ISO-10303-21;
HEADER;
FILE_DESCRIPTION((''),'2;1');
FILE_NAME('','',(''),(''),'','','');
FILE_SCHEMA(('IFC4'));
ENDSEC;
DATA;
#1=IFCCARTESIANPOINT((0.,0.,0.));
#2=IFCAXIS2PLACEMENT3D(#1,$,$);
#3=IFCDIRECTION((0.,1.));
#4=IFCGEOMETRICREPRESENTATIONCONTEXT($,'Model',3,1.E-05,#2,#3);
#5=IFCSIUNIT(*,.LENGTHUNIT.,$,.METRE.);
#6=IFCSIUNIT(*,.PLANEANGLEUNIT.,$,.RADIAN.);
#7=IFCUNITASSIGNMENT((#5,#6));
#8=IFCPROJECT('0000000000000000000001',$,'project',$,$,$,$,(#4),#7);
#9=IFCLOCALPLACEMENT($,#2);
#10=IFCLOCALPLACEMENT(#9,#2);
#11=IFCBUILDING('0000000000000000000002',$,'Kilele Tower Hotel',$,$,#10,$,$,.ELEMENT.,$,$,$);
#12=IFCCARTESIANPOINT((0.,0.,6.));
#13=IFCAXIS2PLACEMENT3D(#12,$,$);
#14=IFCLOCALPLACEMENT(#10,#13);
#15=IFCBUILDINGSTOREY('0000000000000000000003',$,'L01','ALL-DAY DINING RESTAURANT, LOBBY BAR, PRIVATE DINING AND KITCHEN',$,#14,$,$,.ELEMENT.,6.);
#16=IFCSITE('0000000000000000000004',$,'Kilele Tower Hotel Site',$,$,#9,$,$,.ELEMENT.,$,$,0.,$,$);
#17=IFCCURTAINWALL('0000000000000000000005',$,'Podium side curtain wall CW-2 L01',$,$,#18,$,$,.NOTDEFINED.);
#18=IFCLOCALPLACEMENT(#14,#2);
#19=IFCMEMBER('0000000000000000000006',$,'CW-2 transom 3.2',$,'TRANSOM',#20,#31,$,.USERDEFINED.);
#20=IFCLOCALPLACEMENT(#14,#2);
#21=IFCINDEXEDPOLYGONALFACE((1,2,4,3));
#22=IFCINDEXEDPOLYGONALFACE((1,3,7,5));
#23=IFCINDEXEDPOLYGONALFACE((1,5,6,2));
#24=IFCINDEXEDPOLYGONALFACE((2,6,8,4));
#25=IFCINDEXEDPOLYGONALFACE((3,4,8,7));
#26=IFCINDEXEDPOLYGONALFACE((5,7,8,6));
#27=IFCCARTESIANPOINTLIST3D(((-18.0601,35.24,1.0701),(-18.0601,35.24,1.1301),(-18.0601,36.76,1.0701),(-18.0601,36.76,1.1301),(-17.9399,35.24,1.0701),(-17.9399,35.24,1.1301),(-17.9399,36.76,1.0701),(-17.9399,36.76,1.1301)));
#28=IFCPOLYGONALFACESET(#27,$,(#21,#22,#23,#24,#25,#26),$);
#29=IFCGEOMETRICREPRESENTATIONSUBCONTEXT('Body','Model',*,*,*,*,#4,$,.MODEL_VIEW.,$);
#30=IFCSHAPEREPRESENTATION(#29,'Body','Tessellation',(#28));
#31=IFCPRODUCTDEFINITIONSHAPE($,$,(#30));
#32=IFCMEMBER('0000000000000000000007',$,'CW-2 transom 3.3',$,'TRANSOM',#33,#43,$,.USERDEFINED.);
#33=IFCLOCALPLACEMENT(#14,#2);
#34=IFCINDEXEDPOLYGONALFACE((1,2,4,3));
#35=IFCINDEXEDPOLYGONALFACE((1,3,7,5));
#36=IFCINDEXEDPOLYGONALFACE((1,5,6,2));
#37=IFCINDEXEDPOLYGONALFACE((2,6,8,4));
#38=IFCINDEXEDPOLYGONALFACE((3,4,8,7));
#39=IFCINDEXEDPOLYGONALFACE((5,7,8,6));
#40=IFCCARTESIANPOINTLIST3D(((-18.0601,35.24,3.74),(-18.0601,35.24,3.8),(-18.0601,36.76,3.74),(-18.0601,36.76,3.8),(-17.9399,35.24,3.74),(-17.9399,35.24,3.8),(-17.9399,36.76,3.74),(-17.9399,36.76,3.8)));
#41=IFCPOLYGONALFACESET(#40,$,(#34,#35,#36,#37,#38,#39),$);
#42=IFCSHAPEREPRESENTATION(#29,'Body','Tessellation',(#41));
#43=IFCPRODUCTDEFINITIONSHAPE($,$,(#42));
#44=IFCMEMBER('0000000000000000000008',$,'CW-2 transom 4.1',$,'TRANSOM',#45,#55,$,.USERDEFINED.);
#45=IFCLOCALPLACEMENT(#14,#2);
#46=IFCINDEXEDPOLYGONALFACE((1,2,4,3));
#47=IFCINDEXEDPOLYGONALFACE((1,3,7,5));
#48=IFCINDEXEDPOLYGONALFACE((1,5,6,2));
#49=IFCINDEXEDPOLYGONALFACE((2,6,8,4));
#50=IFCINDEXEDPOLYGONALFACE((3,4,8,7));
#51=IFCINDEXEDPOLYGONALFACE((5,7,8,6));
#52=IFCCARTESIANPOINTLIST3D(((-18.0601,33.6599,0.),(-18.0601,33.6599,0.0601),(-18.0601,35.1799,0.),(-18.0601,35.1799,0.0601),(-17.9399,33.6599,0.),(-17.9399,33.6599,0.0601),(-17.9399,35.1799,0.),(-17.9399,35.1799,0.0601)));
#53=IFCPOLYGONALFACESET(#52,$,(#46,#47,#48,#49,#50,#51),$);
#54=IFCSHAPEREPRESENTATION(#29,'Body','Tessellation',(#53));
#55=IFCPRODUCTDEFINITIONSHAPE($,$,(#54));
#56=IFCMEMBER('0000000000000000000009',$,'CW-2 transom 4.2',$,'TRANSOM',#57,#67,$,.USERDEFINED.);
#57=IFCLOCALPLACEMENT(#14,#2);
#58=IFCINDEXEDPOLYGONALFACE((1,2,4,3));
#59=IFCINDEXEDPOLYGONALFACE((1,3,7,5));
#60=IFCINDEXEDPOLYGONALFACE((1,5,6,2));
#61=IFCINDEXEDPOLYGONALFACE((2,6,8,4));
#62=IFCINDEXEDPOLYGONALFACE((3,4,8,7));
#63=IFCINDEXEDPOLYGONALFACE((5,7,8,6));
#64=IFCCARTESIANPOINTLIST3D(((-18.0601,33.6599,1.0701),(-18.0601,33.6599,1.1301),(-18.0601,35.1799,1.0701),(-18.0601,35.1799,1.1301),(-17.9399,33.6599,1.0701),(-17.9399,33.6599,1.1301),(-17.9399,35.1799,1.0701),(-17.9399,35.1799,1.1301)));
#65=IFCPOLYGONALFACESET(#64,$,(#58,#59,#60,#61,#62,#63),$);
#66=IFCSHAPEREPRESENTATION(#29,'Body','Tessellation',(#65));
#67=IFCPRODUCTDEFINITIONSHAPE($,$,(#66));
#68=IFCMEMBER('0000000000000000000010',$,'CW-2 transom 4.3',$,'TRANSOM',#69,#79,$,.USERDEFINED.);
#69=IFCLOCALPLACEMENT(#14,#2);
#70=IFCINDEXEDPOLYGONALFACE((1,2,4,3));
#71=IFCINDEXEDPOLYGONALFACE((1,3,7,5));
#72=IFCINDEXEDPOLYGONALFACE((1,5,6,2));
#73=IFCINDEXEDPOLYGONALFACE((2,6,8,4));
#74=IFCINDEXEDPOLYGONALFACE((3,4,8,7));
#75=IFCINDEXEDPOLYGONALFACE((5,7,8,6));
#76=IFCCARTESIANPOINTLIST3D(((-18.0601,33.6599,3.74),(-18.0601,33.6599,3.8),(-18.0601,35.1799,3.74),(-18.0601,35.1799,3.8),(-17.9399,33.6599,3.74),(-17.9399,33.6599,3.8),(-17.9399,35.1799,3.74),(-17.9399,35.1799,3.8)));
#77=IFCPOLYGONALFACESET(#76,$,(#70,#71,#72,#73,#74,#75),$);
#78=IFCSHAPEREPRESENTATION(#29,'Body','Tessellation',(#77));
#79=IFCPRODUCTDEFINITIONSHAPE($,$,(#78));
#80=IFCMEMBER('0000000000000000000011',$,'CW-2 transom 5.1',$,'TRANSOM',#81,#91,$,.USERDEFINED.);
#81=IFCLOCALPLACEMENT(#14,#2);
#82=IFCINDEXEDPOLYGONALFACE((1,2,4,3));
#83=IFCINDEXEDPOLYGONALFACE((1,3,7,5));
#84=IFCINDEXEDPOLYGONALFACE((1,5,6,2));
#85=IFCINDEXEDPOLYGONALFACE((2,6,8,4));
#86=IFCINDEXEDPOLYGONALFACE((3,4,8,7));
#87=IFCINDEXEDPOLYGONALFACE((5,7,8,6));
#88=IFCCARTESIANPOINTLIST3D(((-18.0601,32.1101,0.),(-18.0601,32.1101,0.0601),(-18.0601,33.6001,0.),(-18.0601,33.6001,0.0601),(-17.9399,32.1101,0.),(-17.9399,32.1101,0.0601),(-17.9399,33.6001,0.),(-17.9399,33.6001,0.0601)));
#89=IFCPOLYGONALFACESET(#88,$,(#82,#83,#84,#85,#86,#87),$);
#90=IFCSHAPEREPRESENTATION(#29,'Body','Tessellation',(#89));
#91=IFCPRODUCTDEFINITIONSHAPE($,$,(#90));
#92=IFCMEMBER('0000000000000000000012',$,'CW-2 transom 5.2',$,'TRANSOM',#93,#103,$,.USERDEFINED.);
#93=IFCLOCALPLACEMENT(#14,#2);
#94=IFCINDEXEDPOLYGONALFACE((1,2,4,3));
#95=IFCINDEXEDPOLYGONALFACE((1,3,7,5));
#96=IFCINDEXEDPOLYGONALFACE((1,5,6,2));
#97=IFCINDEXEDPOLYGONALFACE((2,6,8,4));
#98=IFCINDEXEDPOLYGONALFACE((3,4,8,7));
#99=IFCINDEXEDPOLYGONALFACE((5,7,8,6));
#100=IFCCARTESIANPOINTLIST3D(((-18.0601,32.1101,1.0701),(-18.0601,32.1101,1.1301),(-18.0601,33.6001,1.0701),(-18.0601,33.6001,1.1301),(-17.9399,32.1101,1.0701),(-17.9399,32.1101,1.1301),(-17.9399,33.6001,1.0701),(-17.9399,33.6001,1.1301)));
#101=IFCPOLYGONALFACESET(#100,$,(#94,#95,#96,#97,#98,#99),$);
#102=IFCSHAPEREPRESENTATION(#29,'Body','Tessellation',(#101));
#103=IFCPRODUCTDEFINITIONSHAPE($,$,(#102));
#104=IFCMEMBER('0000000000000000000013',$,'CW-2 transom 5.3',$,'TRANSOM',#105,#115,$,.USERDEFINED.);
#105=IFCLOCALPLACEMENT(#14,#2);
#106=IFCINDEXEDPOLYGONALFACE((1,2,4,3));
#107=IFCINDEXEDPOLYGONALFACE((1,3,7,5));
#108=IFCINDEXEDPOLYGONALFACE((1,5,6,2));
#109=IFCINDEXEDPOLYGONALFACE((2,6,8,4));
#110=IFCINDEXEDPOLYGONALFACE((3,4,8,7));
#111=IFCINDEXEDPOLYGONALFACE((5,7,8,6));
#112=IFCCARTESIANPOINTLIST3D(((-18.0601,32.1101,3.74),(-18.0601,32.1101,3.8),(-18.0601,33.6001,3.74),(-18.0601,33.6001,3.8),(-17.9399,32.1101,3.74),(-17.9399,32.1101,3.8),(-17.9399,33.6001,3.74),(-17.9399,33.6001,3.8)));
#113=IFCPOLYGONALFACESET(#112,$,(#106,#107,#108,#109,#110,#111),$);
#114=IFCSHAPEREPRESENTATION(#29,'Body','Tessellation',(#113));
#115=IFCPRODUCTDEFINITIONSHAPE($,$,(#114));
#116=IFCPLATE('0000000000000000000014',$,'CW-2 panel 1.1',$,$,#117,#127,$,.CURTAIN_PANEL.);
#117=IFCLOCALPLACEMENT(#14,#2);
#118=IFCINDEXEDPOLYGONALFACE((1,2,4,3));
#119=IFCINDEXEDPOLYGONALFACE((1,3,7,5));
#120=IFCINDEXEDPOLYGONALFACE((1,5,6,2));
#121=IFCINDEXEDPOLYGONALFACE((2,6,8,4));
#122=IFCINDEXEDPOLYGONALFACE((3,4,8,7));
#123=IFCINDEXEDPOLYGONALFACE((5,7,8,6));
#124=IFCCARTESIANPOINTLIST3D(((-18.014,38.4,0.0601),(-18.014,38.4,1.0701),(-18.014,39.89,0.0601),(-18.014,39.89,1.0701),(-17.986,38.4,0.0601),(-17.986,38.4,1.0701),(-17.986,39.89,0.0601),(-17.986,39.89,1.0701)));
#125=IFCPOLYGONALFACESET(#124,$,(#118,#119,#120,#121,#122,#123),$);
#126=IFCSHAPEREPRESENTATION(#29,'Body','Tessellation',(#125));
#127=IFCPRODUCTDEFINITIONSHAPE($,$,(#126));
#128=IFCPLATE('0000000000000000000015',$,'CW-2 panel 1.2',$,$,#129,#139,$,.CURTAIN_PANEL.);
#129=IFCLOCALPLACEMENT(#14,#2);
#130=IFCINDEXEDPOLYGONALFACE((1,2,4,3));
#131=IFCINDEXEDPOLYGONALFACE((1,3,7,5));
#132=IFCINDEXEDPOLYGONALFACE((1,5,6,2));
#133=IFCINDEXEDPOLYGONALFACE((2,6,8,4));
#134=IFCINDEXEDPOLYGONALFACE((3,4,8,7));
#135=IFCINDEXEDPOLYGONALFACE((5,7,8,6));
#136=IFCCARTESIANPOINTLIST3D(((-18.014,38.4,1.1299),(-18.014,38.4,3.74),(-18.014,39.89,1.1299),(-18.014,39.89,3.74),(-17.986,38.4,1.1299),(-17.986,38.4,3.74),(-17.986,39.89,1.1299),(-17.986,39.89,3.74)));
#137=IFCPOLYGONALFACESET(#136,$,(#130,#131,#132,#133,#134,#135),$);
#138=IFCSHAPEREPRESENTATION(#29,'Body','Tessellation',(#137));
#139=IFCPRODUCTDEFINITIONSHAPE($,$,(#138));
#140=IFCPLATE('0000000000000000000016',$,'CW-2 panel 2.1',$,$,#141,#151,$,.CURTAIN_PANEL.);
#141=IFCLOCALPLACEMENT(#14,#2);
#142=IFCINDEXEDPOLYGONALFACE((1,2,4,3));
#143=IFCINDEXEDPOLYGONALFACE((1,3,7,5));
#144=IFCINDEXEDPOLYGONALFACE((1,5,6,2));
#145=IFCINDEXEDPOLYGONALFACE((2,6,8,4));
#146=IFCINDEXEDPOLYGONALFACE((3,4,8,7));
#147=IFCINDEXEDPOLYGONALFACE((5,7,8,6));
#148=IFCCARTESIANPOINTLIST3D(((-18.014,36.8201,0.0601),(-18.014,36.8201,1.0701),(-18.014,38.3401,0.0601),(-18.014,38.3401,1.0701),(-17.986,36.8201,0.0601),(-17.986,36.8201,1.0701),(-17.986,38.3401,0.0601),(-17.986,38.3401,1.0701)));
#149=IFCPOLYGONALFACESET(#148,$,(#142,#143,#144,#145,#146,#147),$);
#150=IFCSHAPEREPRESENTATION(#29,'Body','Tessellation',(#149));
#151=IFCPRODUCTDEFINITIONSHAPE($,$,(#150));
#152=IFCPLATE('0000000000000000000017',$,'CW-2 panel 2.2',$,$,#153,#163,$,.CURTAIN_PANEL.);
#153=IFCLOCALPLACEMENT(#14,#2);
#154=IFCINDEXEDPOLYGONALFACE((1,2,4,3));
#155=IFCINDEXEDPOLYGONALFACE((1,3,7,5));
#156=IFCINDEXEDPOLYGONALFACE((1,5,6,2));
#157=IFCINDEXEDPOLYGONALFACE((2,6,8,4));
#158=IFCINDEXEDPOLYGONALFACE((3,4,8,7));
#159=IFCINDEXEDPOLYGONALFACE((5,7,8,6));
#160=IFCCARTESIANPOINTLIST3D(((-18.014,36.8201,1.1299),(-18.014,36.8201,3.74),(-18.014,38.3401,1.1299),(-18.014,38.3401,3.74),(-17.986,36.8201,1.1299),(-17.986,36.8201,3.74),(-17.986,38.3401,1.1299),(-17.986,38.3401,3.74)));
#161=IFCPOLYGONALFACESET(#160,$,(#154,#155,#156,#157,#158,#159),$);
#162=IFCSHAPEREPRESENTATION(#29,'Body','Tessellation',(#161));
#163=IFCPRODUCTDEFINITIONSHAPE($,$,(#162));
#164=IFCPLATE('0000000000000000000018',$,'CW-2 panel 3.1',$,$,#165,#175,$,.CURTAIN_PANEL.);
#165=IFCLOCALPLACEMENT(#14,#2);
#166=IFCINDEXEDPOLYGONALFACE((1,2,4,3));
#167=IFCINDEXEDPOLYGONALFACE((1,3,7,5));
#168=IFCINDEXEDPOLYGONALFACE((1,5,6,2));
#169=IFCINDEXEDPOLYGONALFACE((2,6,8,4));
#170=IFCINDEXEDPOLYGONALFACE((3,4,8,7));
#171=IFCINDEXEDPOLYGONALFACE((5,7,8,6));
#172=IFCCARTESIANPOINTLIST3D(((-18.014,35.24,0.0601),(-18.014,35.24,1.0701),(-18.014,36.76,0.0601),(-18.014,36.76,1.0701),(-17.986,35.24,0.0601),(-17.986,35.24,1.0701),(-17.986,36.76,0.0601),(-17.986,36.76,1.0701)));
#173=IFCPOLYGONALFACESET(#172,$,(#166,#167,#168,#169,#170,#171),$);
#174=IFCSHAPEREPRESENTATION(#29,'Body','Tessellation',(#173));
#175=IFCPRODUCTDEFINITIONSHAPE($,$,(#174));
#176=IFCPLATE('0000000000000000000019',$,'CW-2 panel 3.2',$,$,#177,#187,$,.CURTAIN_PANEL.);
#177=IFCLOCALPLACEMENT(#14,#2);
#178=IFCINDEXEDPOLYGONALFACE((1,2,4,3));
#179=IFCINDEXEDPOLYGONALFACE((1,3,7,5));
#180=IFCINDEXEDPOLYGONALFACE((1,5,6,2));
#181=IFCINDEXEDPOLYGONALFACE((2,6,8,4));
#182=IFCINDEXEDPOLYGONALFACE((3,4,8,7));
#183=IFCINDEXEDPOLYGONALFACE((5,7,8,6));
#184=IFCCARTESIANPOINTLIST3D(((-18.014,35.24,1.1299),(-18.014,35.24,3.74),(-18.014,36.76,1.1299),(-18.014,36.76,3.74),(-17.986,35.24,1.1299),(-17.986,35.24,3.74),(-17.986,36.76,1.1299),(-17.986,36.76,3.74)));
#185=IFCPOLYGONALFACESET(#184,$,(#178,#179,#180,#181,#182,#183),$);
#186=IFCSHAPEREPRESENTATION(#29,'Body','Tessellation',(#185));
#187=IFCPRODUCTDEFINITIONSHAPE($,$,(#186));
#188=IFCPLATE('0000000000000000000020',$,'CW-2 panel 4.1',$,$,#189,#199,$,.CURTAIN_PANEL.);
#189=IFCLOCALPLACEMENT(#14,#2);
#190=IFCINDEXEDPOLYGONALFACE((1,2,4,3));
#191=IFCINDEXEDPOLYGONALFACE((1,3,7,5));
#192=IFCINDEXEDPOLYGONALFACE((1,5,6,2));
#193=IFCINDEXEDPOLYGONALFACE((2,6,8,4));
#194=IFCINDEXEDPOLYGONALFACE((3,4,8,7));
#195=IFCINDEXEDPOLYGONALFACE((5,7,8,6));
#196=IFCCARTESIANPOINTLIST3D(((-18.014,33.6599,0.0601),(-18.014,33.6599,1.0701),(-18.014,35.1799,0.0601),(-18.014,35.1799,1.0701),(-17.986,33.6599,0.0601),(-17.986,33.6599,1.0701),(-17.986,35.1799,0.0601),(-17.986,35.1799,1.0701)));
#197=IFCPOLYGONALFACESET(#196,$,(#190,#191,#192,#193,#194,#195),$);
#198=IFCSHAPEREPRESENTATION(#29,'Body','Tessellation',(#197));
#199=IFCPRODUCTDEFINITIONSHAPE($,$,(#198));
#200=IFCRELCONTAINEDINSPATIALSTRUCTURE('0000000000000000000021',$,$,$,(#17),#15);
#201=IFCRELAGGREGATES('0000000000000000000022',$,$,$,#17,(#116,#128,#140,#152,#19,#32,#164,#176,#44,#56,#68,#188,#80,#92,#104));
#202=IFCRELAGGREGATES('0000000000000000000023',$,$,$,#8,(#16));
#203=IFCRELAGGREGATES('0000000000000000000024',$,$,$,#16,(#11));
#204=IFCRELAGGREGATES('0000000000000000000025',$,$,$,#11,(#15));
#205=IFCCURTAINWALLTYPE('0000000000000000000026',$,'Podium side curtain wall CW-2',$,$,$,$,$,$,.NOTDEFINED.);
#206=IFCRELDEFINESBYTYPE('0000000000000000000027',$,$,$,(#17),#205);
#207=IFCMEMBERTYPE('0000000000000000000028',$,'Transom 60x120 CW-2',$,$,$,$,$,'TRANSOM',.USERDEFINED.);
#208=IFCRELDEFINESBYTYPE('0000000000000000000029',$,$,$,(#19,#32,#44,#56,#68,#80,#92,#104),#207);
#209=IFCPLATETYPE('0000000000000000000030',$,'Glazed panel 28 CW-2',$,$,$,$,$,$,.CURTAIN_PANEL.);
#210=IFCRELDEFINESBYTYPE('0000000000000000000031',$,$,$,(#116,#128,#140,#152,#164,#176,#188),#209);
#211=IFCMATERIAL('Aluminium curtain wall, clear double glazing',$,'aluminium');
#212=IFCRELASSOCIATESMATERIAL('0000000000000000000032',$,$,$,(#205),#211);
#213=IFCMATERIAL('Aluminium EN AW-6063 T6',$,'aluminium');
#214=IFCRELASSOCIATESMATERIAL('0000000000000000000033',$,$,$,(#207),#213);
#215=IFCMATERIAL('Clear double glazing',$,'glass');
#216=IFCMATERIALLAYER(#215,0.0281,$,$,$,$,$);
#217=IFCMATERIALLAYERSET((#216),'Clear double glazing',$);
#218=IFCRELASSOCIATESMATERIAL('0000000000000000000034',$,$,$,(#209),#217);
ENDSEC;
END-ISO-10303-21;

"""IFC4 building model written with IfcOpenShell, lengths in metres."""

from ifc_helpers import new_model, si_unit, direction, frame, origin, origin_2d, place, context, subcontext, project, spatial, rectangle, extrude, material, layer, layer_set, material_profile, profile_set, type_object, element, aggregate, save


model = new_model("IFC4")

# Units and contexts
model_context = context("Model", 3, precision=1e-05, world=origin(), true_north=direction((0.0, 1.0)))
body_context = subcontext(model_context, "Body", "Model", "MODEL_VIEW")
ifc_project = project(units=[si_unit("LENGTHUNIT", "METRE"), si_unit("PLANEANGLEUNIT", "RADIAN")], contexts=[model_context])

# Site, building, storey
site_placement = place(None, origin())
site = spatial("IfcSite", under=ifc_project, at=site_placement, Name="Kilele Tower Hotel Site", CompositionType="ELEMENT", RefElevation=0.0)
building_placement = place(site_placement, origin())
building = spatial("IfcBuilding", under=site, at=building_placement, Name="Kilele Tower Hotel", CompositionType="ELEMENT")
storey_placement = place(building_placement, frame((0.0, 0.0, 6.0)))
storey = spatial("IfcBuildingStorey", under=building, at=storey_placement, Name="L01", Description="ALL-DAY DINING RESTAURANT, LOBBY BAR, PRIVATE DINING AND KITCHEN", CompositionType="ELEMENT", Elevation=6.0)

# Curtain wall, members, plates
ifc_material_1 = material(Name="Aluminium curtain wall, clear double glazing", Category="aluminium")
curtain_wall_type_1 = type_object("IfcCurtainWallType", Name="Podium side curtain wall CW-2", PredefinedType="NOTDEFINED", material=ifc_material_1)
curtain_wall_1_placement = place(storey_placement, origin())
curtain_wall_1 = element("IfcCurtainWall", 1, at=curtain_wall_1_placement, inside=storey, type_object=curtain_wall_type_1, Name="Podium side curtain wall CW-2 L01", PredefinedType="NOTDEFINED")
ifc_material_2 = material(Name="Aluminium EN AW-6063 T6", Category="aluminium")
ifc_material_profile_1 = material_profile(ifc_material_2, rectangle(XDim=0.1201, YDim=0.0601, at=origin_2d()))
ifc_profile_set_1 = profile_set([ifc_material_profile_1], Name="Aluminium EN AW-6063 T6")
member_type_1 = type_object("IfcMemberType", Name="Transom 60x120 CW-2", ElementType="TRANSOM", PredefinedType="USERDEFINED", material=ifc_profile_set_1)
member_1_placement = place(storey_placement, frame((-18.0, 36.76, 1.1001), z_axis=(0.0, -1.0, 0.0), x_axis=(1.0, 0.0, 0.0)))
member_1 = element("IfcMember", 2, at=member_1_placement, type_object=member_type_1, Name="CW-2 transom 3.2", ObjectType="TRANSOM", PredefinedType="USERDEFINED", context=body_context, shape_type="SweptSolid", body=[
    extrude(rectangle(XDim=0.1201, YDim=0.0601, at=origin_2d()), origin(), (0.0, 0.0, 1.0), 1.52),
])
member_2_placement = place(storey_placement, frame((-18.0, 36.76, 3.77), z_axis=(0.0, -1.0, 0.0), x_axis=(1.0, 0.0, 0.0)))
member_2 = element("IfcMember", 3, at=member_2_placement, type_object=member_type_1, Name="CW-2 transom 3.3", ObjectType="TRANSOM", PredefinedType="USERDEFINED", context=body_context, shape_type="SweptSolid", body=[
    extrude(rectangle(XDim=0.1201, YDim=0.0601, at=origin_2d()), origin(), (0.0, 0.0, 1.0), 1.52),
])
member_3_placement = place(storey_placement, frame((-18.0, 35.1799, 0.03), z_axis=(0.0, -1.0, 0.0), x_axis=(1.0, 0.0, 0.0)))
member_3 = element("IfcMember", 4, at=member_3_placement, type_object=member_type_1, Name="CW-2 transom 4.1", ObjectType="TRANSOM", PredefinedType="USERDEFINED", context=body_context, shape_type="SweptSolid", body=[
    extrude(rectangle(XDim=0.1201, YDim=0.0601, at=origin_2d()), origin(), (0.0, 0.0, 1.0), 1.52),
])
member_4_placement = place(storey_placement, frame((-18.0, 35.1799, 1.1001), z_axis=(0.0, -1.0, 0.0), x_axis=(1.0, 0.0, 0.0)))
member_4 = element("IfcMember", 5, at=member_4_placement, type_object=member_type_1, Name="CW-2 transom 4.2", ObjectType="TRANSOM", PredefinedType="USERDEFINED", context=body_context, shape_type="SweptSolid", body=[
    extrude(rectangle(XDim=0.1201, YDim=0.0601, at=origin_2d()), origin(), (0.0, 0.0, 1.0), 1.52),
])
member_5_placement = place(storey_placement, frame((-18.0, 35.1799, 3.77), z_axis=(0.0, -1.0, 0.0), x_axis=(1.0, 0.0, 0.0)))
member_5 = element("IfcMember", 6, at=member_5_placement, type_object=member_type_1, Name="CW-2 transom 4.3", ObjectType="TRANSOM", PredefinedType="USERDEFINED", context=body_context, shape_type="SweptSolid", body=[
    extrude(rectangle(XDim=0.1201, YDim=0.0601, at=origin_2d()), origin(), (0.0, 0.0, 1.0), 1.52),
])
member_6_placement = place(storey_placement, frame((-18.0, 33.6001, 0.03), z_axis=(0.0, -1.0, 0.0), x_axis=(1.0, 0.0, 0.0)))
member_6 = element("IfcMember", 7, at=member_6_placement, type_object=member_type_1, Name="CW-2 transom 5.1", ObjectType="TRANSOM", PredefinedType="USERDEFINED", context=body_context, shape_type="SweptSolid", body=[
    extrude(rectangle(XDim=0.1201, YDim=0.0601, at=origin_2d()), origin(), (0.0, 0.0, 1.0), 1.49),
])
member_7_placement = place(storey_placement, frame((-18.0, 33.6001, 1.1001), z_axis=(0.0, -1.0, 0.0), x_axis=(1.0, 0.0, 0.0)))
member_7 = element("IfcMember", 8, at=member_7_placement, type_object=member_type_1, Name="CW-2 transom 5.2", ObjectType="TRANSOM", PredefinedType="USERDEFINED", context=body_context, shape_type="SweptSolid", body=[
    extrude(rectangle(XDim=0.1201, YDim=0.0601, at=origin_2d()), origin(), (0.0, 0.0, 1.0), 1.49),
])
member_8_placement = place(storey_placement, frame((-18.0, 33.6001, 3.77), z_axis=(0.0, -1.0, 0.0), x_axis=(1.0, 0.0, 0.0)))
member_8 = element("IfcMember", 9, at=member_8_placement, type_object=member_type_1, Name="CW-2 transom 5.3", ObjectType="TRANSOM", PredefinedType="USERDEFINED", context=body_context, shape_type="SweptSolid", body=[
    extrude(rectangle(XDim=0.1201, YDim=0.0601, at=origin_2d()), origin(), (0.0, 0.0, 1.0), 1.49),
])
ifc_material_3 = material(Name="Clear double glazing", Category="glass")
ifc_layer_1 = layer(ifc_material_3, 0.0281)
ifc_layer_set_1 = layer_set([ifc_layer_1], Name="Clear double glazing")
plate_type = type_object("IfcPlateType", Name="Glazed panel 28 CW-2", PredefinedType="CURTAIN_PANEL", material=ifc_layer_set_1)
plate_1_placement = place(storey_placement, frame((-18.0, 39.145, 0.0601), z_axis=(0.0, 0.0, 1.0), x_axis=(0.0, -1.0, 0.0)))
plate_1 = element("IfcPlate", 10, at=plate_1_placement, type_object=plate_type, Name="CW-2 panel 1.1", PredefinedType="CURTAIN_PANEL", context=body_context, shape_type="SweptSolid", body=[
    extrude(rectangle(XDim=1.49, YDim=0.0281, at=origin_2d()), origin(), (0.0, 0.0, 1.0), 1.01),
])
plate_2_placement = place(storey_placement, frame((-18.0, 39.145, 1.1299), z_axis=(0.0, 0.0, 1.0), x_axis=(0.0, -1.0, 0.0)))
plate_2 = element("IfcPlate", 11, at=plate_2_placement, type_object=plate_type, Name="CW-2 panel 1.2", PredefinedType="CURTAIN_PANEL", context=body_context, shape_type="SweptSolid", body=[
    extrude(rectangle(XDim=1.49, YDim=0.0281, at=origin_2d()), origin(), (0.0, 0.0, 1.0), 2.6101),
])
plate_3_placement = place(storey_placement, frame((-18.0, 37.5801, 0.0601), z_axis=(0.0, 0.0, 1.0), x_axis=(0.0, -1.0, 0.0)))
plate_3 = element("IfcPlate", 12, at=plate_3_placement, type_object=plate_type, Name="CW-2 panel 2.1", PredefinedType="CURTAIN_PANEL", context=body_context, shape_type="SweptSolid", body=[
    extrude(rectangle(XDim=1.52, YDim=0.0281, at=origin_2d()), origin(), (0.0, 0.0, 1.0), 1.01),
])
plate_4_placement = place(storey_placement, frame((-18.0, 37.5801, 1.1299), z_axis=(0.0, 0.0, 1.0), x_axis=(0.0, -1.0, 0.0)))
plate_4 = element("IfcPlate", 13, at=plate_4_placement, type_object=plate_type, Name="CW-2 panel 2.2", PredefinedType="CURTAIN_PANEL", context=body_context, shape_type="SweptSolid", body=[
    extrude(rectangle(XDim=1.52, YDim=0.0281, at=origin_2d()), origin(), (0.0, 0.0, 1.0), 2.6101),
])
plate_5_placement = place(storey_placement, frame((-18.0, 36.0, 0.0601), z_axis=(0.0, 0.0, 1.0), x_axis=(0.0, -1.0, 0.0)))
plate_5 = element("IfcPlate", 14, at=plate_5_placement, type_object=plate_type, Name="CW-2 panel 3.1", PredefinedType="CURTAIN_PANEL", context=body_context, shape_type="SweptSolid", body=[
    extrude(rectangle(XDim=1.52, YDim=0.0281, at=origin_2d()), origin(), (0.0, 0.0, 1.0), 1.01),
])
plate_6_placement = place(storey_placement, frame((-18.0, 36.0, 1.1299), z_axis=(0.0, 0.0, 1.0), x_axis=(0.0, -1.0, 0.0)))
plate_6 = element("IfcPlate", 15, at=plate_6_placement, type_object=plate_type, Name="CW-2 panel 3.2", PredefinedType="CURTAIN_PANEL", context=body_context, shape_type="SweptSolid", body=[
    extrude(rectangle(XDim=1.52, YDim=0.0281, at=origin_2d()), origin(), (0.0, 0.0, 1.0), 2.6101),
])
plate_7_placement = place(storey_placement, frame((-18.0, 34.4199, 0.0601), z_axis=(0.0, 0.0, 1.0), x_axis=(0.0, -1.0, 0.0)))
plate_7 = element("IfcPlate", 16, at=plate_7_placement, type_object=plate_type, Name="CW-2 panel 4.1", PredefinedType="CURTAIN_PANEL", context=body_context, shape_type="SweptSolid", body=[
    extrude(rectangle(XDim=1.52, YDim=0.0281, at=origin_2d()), origin(), (0.0, 0.0, 1.0), 1.01),
])
aggregate(curtain_wall_1, [plate_1, plate_2, plate_3, plate_4, member_1, member_2, plate_5, plate_6, member_3, member_4, member_5, plate_7, member_6, member_7, member_8])

save(model, "model.ifc")
